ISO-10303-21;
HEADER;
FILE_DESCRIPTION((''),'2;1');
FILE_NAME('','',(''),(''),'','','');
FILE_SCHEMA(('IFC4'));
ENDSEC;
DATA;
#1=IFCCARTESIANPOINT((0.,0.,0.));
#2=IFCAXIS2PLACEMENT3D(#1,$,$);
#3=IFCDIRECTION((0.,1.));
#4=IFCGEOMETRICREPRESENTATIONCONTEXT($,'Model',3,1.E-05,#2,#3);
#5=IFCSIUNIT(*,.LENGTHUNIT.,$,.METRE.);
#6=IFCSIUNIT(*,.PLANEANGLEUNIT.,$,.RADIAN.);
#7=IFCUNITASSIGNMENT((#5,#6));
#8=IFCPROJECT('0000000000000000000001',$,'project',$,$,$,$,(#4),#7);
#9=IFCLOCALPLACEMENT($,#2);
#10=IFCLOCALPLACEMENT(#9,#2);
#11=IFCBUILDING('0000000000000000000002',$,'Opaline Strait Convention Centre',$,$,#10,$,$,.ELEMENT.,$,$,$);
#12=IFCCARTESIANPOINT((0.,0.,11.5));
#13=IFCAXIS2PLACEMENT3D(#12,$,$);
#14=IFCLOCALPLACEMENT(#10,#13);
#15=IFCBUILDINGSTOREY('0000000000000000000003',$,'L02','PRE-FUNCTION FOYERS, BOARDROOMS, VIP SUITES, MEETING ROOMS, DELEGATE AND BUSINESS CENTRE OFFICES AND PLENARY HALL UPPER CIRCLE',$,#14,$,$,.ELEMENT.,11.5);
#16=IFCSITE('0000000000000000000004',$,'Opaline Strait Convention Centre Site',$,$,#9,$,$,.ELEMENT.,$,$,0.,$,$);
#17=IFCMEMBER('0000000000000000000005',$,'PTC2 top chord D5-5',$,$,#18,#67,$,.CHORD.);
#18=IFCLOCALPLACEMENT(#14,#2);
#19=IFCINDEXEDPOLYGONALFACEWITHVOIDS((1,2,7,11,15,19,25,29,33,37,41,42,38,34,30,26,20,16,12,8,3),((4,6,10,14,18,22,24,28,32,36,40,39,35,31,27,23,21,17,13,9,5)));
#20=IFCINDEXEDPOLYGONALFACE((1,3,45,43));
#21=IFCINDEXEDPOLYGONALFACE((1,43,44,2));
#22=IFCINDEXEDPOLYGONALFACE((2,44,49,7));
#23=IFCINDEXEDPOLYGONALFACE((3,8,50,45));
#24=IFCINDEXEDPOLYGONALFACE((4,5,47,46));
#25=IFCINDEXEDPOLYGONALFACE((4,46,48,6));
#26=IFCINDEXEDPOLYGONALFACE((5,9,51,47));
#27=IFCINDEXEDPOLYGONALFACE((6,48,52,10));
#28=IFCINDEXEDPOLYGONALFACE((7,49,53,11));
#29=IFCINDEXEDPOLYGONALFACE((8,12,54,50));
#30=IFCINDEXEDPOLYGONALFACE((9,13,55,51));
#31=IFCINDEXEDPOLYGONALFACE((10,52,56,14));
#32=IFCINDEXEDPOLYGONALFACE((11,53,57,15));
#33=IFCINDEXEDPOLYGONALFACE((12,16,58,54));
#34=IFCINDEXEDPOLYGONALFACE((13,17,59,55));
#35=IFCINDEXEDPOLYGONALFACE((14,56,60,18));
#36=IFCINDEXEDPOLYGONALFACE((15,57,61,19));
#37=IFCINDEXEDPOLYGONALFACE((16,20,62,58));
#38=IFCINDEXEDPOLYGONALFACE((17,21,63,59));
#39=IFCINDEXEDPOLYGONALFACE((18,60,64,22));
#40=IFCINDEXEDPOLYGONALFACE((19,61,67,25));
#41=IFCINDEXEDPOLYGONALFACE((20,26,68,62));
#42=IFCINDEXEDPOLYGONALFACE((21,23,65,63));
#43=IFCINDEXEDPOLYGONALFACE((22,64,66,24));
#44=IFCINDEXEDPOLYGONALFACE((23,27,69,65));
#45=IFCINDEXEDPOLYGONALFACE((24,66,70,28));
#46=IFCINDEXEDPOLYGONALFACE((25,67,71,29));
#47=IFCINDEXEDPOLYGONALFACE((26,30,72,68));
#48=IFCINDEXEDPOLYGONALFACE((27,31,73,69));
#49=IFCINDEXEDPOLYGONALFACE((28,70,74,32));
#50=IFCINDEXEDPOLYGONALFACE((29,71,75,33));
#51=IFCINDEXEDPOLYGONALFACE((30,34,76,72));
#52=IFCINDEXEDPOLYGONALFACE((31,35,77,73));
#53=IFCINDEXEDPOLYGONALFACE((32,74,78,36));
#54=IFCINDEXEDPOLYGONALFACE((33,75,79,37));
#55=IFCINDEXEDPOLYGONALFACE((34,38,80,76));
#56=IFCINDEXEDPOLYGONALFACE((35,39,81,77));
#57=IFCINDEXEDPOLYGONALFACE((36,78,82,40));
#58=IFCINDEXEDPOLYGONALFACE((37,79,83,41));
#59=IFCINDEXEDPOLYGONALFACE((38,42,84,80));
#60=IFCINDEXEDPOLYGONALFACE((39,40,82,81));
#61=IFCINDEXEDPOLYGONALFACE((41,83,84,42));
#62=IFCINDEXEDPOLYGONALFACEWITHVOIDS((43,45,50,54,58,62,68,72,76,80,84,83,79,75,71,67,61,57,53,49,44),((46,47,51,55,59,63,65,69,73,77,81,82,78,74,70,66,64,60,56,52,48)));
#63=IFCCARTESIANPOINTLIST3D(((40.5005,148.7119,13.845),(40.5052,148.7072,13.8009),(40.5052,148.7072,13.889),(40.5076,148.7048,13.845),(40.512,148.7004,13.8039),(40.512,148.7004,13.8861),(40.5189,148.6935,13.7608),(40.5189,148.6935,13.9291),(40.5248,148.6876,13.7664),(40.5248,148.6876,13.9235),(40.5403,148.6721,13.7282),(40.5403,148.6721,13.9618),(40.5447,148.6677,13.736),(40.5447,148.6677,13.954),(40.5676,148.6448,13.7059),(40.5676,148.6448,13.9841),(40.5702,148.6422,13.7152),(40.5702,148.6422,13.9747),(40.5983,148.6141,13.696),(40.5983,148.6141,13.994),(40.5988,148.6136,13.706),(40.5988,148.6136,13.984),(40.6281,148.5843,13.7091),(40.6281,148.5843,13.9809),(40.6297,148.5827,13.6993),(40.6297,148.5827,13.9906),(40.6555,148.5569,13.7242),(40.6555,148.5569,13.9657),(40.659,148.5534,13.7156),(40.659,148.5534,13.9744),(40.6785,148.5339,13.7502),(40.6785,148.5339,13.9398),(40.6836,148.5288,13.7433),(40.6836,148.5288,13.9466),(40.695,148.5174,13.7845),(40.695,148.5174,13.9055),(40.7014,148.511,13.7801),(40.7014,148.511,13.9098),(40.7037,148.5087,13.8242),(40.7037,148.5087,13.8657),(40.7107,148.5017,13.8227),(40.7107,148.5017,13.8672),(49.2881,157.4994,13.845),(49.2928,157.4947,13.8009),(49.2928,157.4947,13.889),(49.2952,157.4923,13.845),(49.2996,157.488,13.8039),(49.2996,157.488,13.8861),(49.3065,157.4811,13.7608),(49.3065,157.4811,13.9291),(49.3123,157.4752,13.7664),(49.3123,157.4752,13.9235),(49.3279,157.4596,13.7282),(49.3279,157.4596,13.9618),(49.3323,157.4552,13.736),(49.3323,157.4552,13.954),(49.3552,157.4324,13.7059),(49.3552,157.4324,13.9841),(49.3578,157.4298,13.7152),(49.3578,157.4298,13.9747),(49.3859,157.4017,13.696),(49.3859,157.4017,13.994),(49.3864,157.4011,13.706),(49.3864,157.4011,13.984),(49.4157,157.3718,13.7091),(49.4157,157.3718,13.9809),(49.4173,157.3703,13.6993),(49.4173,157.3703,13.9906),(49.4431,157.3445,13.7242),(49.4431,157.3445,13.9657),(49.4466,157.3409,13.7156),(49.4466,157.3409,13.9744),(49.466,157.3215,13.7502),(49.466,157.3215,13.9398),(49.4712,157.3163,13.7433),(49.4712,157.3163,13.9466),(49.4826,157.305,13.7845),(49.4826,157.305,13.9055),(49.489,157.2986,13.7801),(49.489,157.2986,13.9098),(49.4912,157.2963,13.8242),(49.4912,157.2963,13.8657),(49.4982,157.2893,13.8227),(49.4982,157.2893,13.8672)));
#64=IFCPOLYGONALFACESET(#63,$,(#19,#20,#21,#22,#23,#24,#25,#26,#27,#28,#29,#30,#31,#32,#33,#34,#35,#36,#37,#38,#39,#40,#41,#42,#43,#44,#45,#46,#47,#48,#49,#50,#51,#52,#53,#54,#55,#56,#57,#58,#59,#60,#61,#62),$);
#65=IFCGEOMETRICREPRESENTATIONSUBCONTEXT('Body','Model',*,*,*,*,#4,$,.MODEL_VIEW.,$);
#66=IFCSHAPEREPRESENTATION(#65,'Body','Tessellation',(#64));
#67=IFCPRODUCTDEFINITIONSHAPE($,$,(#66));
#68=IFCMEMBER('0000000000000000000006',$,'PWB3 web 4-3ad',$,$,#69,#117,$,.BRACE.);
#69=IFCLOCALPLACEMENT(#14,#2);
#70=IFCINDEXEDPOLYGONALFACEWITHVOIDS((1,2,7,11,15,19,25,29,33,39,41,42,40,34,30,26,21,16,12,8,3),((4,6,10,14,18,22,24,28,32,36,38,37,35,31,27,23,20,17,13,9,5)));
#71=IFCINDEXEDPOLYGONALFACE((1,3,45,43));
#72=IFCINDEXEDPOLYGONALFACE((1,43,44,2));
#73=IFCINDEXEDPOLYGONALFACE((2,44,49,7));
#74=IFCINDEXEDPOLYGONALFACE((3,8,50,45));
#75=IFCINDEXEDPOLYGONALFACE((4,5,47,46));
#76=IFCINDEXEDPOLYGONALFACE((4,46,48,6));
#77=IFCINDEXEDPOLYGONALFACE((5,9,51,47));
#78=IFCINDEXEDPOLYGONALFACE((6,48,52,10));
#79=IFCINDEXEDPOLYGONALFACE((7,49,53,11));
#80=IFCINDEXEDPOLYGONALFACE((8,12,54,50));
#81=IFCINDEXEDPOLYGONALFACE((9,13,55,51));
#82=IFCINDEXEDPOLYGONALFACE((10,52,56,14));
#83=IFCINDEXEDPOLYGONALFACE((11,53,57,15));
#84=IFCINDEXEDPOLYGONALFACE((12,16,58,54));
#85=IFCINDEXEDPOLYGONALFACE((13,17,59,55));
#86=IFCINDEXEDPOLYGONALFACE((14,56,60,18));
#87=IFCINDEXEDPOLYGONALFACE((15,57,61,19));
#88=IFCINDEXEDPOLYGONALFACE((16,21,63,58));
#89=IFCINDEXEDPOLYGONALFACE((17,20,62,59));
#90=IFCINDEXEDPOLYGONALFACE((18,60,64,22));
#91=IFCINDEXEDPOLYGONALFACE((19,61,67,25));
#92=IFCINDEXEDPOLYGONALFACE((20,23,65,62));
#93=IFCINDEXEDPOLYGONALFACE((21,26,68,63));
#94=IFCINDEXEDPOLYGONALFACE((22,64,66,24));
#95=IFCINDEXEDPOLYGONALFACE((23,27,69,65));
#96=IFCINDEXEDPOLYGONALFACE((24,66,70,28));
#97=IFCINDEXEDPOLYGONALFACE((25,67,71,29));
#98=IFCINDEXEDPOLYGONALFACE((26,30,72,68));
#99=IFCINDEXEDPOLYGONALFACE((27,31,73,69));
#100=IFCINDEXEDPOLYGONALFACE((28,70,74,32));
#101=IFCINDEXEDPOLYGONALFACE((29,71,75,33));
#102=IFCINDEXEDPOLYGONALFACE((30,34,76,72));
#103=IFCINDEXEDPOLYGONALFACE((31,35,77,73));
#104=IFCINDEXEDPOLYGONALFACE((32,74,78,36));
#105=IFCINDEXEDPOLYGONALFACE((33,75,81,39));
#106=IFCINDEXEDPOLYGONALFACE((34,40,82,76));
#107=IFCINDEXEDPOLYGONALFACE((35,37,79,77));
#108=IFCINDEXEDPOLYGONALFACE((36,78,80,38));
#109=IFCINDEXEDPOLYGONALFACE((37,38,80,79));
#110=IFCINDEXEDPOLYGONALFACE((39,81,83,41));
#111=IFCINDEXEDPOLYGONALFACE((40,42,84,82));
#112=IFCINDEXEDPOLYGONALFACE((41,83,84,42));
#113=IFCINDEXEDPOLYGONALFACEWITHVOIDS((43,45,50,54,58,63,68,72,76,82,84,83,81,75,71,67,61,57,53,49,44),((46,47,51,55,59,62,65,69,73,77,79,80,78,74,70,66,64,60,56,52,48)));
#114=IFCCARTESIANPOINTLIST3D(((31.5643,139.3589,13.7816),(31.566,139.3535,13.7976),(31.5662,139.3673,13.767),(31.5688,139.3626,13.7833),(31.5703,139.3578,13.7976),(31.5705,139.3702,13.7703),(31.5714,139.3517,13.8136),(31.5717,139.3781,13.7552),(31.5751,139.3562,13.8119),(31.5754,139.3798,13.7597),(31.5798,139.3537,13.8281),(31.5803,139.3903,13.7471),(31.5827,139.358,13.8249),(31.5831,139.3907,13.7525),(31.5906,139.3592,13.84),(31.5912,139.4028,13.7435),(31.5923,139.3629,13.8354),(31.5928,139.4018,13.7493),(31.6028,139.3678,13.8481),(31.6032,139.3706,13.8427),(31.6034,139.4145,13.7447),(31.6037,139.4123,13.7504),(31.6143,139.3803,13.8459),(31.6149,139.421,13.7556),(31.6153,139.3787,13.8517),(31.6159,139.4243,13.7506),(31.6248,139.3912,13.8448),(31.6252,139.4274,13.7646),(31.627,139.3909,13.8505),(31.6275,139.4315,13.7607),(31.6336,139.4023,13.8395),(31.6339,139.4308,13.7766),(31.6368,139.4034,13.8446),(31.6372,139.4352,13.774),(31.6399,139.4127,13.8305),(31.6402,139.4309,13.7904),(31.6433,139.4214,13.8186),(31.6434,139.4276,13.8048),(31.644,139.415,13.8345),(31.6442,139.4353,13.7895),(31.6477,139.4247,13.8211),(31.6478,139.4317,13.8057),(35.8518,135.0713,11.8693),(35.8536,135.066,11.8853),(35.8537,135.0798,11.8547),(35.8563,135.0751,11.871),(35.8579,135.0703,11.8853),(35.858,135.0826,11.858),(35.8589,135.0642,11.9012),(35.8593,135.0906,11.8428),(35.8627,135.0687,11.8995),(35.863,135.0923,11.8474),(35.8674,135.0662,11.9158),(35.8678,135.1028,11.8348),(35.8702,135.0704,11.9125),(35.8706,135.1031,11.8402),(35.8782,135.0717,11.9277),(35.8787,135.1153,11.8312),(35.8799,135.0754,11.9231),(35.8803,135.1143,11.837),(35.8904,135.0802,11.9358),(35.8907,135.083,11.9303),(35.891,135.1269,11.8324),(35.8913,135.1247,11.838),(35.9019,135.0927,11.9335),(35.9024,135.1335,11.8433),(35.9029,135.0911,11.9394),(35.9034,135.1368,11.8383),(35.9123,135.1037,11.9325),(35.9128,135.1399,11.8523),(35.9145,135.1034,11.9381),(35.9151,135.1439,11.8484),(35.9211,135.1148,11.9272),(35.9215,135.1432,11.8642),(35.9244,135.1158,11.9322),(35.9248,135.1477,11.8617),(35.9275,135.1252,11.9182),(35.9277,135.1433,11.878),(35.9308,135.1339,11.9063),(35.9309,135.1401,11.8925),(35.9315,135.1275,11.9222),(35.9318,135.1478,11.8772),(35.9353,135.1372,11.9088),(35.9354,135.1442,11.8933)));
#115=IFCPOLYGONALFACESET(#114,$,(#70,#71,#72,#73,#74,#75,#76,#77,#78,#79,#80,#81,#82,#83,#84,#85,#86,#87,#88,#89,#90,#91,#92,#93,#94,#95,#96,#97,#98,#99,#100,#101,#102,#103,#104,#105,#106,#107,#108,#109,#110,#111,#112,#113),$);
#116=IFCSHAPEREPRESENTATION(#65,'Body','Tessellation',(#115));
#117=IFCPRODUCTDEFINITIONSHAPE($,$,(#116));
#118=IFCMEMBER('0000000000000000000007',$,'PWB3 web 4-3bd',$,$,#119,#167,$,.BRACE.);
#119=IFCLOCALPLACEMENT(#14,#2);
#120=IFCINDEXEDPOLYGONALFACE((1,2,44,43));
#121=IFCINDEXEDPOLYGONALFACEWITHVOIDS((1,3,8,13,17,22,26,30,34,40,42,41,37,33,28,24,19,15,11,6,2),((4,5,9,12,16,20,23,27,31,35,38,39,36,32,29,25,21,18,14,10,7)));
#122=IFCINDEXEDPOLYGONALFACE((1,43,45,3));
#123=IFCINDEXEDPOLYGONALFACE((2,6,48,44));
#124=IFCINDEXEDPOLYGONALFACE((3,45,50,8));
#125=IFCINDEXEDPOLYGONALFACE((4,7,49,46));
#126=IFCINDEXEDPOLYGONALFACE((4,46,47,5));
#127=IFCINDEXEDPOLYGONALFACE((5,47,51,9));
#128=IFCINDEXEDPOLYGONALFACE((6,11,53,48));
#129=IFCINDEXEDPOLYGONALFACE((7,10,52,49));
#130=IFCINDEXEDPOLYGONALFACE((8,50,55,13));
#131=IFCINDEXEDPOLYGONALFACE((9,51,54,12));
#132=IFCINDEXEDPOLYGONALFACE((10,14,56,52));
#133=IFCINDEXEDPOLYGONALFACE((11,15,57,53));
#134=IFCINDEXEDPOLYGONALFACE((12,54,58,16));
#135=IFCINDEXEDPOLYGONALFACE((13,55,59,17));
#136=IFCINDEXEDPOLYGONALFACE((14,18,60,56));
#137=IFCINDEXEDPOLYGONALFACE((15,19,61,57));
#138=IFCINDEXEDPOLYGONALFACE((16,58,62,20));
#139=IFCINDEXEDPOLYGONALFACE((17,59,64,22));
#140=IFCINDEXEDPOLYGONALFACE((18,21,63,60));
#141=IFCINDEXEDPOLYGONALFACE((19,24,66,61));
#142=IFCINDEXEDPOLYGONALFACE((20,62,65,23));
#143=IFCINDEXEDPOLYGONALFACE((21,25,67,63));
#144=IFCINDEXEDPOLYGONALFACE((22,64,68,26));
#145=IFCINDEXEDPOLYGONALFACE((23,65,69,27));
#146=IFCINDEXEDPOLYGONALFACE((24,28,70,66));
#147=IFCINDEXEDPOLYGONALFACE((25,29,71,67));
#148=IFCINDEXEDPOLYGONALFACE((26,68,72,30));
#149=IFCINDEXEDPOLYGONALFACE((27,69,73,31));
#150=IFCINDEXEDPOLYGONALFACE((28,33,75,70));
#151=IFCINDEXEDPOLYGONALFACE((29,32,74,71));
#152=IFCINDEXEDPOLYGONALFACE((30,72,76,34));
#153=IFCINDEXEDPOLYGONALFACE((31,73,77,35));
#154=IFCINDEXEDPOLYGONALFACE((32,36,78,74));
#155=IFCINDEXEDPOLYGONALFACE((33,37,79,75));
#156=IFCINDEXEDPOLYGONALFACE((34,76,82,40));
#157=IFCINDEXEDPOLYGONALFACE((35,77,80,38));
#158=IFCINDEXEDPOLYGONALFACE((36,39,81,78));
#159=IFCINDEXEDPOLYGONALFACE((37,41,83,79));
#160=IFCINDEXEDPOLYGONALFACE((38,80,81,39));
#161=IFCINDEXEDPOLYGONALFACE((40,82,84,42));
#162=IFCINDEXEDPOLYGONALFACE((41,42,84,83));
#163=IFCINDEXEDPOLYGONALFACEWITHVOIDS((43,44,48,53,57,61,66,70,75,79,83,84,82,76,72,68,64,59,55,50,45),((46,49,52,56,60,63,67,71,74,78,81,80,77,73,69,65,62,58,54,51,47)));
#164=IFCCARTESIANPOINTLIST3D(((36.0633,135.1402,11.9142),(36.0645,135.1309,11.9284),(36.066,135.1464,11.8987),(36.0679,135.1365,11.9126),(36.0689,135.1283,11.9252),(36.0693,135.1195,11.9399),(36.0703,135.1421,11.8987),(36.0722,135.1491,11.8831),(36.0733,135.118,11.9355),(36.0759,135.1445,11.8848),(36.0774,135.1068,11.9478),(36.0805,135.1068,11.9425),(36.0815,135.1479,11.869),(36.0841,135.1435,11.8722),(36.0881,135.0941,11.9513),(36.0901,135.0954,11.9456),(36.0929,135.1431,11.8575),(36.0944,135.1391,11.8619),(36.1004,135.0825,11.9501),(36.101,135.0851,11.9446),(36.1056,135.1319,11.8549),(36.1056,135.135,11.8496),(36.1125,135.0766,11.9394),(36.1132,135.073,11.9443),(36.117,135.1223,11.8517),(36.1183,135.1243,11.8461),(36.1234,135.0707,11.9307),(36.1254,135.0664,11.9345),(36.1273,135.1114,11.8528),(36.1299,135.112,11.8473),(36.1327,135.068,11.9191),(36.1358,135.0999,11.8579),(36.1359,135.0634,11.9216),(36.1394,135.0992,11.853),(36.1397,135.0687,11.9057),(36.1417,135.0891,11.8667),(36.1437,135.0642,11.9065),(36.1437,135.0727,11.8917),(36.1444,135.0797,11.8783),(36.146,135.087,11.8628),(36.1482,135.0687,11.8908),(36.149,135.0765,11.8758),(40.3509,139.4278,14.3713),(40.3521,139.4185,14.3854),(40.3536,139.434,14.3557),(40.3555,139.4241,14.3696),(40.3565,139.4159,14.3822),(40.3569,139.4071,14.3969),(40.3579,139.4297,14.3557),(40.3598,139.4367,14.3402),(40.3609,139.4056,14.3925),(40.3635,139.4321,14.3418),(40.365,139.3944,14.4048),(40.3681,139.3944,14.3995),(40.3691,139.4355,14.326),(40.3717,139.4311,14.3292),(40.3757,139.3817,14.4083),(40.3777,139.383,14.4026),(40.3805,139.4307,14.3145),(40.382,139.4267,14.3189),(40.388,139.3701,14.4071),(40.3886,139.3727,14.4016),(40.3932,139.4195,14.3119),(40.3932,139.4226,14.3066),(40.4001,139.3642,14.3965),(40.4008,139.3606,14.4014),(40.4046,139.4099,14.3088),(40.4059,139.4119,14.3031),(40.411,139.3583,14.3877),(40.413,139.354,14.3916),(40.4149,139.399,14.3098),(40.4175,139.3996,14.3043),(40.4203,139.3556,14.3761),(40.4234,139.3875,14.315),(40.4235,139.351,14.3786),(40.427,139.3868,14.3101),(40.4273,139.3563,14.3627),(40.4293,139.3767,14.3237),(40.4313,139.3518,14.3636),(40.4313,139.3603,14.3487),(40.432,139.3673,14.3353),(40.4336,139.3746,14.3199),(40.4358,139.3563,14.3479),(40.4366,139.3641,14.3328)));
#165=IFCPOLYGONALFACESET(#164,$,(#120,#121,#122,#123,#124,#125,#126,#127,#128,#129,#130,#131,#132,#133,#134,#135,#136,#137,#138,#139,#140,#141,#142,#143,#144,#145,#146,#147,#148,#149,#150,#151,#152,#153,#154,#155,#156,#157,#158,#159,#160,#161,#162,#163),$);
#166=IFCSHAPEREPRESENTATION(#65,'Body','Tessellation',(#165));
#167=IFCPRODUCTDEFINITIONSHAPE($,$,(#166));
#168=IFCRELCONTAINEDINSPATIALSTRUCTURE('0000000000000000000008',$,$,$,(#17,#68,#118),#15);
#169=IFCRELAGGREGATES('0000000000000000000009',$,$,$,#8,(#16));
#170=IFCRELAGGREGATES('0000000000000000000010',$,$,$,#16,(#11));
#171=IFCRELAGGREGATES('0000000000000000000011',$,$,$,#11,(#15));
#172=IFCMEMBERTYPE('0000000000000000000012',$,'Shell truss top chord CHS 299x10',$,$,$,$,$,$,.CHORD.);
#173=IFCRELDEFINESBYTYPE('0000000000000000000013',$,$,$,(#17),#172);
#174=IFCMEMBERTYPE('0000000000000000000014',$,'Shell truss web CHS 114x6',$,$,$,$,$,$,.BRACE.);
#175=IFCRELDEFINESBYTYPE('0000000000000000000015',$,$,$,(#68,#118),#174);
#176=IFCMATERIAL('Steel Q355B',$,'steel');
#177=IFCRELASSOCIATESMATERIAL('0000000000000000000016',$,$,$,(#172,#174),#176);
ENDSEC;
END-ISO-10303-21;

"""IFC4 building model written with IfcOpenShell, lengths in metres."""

from ifc_helpers import new_model, si_unit, direction, frame, origin, origin_2d, place, context, subcontext, project, spatial, hollow_circle, extrude, material, material_profile, profile_set, type_object, element, save


model = new_model("IFC4")

# Units and contexts
model_context = context("Model", 3, precision=1e-05, world=origin(), true_north=direction((0.0, 1.0)))
body_context = subcontext(model_context, "Body", "Model", "MODEL_VIEW")
ifc_project = project(units=[si_unit("LENGTHUNIT", "METRE"), si_unit("PLANEANGLEUNIT", "RADIAN")], contexts=[model_context])

# Site, building, storey
site_placement = place(None, origin())
site = spatial("IfcSite", under=ifc_project, at=site_placement, Name="Opaline Strait Convention Centre Site", CompositionType="ELEMENT", RefElevation=0.0)
building_placement = place(site_placement, origin())
building = spatial("IfcBuilding", under=site, at=building_placement, Name="Opaline Strait Convention Centre", CompositionType="ELEMENT")
storey_placement = place(building_placement, frame((0.0, 0.0, 11.5)))
storey = spatial("IfcBuildingStorey", under=building, at=storey_placement, Name="L02", Description="PRE-FUNCTION FOYERS, BOARDROOMS, VIP SUITES, MEETING ROOMS, DELEGATE AND BUSINESS CENTRE OFFICES AND PLENARY HALL UPPER CIRCLE", CompositionType="ELEMENT", Elevation=11.5)

# Members
ifc_material_1 = material(Name="Steel Q355B", Category="steel")
ifc_material_profile_1 = material_profile(ifc_material_1, hollow_circle(Radius=0.1494, WallThickness=0.01, at=origin_2d()), Name="CHS 299x10")
ifc_profile_set_1 = profile_set([ifc_material_profile_1], Name="Steel Q355B")
member_type_1 = type_object("IfcMemberType", Name="Shell truss top chord CHS 299x10", PredefinedType="CHORD", material=ifc_profile_set_1)
member_1_placement = place(storey_placement, frame((40.6062, 148.6062, 13.845), z_axis=(0.707107, 0.707107, 0.0), x_axis=(-0.707107, 0.707107, 0.0)))
element("IfcMember", 1, at=member_1_placement, inside=storey, type_object=member_type_1, Name="PTC2 top chord D5-5", PredefinedType="CHORD", context=body_context, shape_type="SweptSolid", body=[
    extrude(hollow_circle(Radius=0.1494, WallThickness=0.01, at=origin_2d()), origin(), (0.0, 0.0, 1.0), 12.4275),
])
ifc_material_profile_2 = material_profile(ifc_material_1, hollow_circle(Radius=0.0569, WallThickness=0.0061, at=origin_2d()), Name="CHS 114x6")
ifc_profile_set_2 = profile_set([ifc_material_profile_2], Name="Steel Q355B")
member_type_2 = type_object("IfcMemberType", Name="Shell truss web CHS 114x6", PredefinedType="BRACE", material=ifc_profile_set_2)
member_2_placement = place(storey_placement, frame((35.8938, 135.1062, 11.8853), z_axis=(-0.674363, 0.674363, 0.300779), x_axis=(-0.707107, -0.707107, 0.0)))
element("IfcMember", 2, at=member_2_placement, inside=storey, type_object=member_type_2, Name="PWB3 web 4-3ad", PredefinedType="BRACE", context=body_context, shape_type="SweptSolid", body=[
    extrude(hollow_circle(Radius=0.0569, WallThickness=0.0061, at=origin_2d()), origin(), (0.0, 0.0, 1.0), 6.3579),
])
member_3_placement = place(storey_placement, frame((36.1062, 135.1062, 11.8987), z_axis=(0.655348, 0.655348, 0.375551), x_axis=(-0.707107, 0.707107, 0.0)))
element("IfcMember", 3, at=member_3_placement, inside=storey, type_object=member_type_2, Name="PWB3 web 4-3bd", PredefinedType="BRACE", context=body_context, shape_type="SweptSolid", body=[
    extrude(hollow_circle(Radius=0.0569, WallThickness=0.0061, at=origin_2d()), origin(), (0.0, 0.0, 1.0), 6.5425),
])

save(model, "model.ifc")
